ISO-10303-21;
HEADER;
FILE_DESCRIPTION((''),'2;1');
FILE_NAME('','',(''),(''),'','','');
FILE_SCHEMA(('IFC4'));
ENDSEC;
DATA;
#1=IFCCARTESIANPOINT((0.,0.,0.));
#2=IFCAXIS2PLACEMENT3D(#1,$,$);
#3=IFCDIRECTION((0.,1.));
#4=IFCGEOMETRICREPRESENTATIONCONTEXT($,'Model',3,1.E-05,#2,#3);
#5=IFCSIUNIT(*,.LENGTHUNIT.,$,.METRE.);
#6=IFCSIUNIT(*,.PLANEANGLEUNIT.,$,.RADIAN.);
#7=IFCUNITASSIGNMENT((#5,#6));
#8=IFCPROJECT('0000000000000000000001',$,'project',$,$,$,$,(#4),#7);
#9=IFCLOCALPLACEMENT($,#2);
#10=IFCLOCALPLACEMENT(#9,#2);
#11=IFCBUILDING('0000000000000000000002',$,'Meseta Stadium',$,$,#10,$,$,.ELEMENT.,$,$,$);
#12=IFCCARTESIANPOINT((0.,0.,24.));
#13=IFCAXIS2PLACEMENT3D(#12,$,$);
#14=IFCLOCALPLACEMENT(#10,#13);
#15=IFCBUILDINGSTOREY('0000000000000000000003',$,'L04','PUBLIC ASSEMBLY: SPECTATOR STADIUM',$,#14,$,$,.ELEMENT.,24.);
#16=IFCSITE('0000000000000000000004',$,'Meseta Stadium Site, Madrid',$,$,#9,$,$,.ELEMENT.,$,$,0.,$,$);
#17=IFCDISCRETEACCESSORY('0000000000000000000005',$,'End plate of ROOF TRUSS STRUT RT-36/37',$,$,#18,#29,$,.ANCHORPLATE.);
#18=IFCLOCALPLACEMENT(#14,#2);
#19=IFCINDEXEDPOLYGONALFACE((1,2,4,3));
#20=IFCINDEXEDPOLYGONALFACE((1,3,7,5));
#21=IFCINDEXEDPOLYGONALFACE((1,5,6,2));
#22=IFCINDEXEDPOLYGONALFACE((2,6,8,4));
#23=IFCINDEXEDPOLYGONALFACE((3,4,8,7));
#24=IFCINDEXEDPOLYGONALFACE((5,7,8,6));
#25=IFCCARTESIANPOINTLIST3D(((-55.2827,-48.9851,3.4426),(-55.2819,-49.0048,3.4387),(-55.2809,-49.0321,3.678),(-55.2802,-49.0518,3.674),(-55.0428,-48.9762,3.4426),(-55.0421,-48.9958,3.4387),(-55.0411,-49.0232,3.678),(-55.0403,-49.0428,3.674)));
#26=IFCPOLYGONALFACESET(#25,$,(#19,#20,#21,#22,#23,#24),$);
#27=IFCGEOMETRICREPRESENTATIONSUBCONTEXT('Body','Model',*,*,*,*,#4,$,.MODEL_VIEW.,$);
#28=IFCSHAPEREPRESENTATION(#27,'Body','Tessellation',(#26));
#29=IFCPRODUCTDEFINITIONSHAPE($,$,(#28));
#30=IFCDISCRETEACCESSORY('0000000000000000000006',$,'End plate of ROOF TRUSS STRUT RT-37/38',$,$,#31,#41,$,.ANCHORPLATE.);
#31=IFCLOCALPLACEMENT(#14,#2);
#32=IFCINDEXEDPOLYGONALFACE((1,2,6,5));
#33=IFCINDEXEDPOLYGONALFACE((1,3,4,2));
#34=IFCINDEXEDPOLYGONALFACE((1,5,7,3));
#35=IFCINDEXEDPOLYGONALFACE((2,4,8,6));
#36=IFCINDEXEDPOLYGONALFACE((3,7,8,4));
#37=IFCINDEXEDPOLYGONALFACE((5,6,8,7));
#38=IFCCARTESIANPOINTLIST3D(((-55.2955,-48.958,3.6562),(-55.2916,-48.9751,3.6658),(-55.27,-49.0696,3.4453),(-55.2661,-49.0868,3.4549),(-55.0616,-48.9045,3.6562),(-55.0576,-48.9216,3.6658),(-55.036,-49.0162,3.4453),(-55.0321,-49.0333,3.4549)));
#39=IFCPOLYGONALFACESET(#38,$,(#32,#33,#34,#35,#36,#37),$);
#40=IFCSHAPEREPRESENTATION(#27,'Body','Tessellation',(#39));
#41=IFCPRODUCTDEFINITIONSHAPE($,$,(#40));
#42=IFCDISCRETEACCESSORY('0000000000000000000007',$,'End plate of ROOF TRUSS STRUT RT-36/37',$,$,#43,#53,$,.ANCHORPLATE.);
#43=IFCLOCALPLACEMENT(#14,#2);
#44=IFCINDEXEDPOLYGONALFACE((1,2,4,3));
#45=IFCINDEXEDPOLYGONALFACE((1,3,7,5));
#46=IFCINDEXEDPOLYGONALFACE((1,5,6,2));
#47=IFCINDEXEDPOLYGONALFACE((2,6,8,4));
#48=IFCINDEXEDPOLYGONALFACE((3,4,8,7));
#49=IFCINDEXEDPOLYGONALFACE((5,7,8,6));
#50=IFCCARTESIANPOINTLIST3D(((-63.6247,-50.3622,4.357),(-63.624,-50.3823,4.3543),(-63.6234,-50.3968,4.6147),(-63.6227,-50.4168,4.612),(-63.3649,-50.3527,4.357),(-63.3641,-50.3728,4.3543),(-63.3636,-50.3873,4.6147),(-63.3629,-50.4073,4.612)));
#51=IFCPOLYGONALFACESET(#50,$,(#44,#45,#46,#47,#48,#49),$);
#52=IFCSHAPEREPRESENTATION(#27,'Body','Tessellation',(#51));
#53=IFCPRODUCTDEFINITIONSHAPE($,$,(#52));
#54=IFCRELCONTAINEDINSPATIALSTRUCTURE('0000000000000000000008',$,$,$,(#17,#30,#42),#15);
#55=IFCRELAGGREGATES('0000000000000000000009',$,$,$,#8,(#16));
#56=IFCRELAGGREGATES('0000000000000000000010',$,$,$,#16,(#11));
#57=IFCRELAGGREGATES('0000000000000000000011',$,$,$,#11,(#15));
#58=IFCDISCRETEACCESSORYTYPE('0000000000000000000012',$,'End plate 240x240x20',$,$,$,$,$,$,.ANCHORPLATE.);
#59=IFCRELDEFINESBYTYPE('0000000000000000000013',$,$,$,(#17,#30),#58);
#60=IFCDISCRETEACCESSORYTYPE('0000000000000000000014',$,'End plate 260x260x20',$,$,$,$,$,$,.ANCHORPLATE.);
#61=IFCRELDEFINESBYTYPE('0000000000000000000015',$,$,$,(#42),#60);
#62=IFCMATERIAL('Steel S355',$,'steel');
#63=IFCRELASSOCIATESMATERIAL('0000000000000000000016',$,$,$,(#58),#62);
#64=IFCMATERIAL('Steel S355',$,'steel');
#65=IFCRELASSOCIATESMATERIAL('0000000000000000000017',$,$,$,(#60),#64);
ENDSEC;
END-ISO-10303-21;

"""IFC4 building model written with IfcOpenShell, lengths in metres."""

from ifc_helpers import new_model, si_unit, direction, frame, origin, origin_2d, place, context, subcontext, project, spatial, rectangle, extrude, material, material_profile, profile_set, type_object, element, save


model = new_model("IFC4")

# Units and contexts
model_context = context("Model", 3, precision=1e-05, world=origin(), true_north=direction((0.0, 1.0)))
body_context = subcontext(model_context, "Body", "Model", "MODEL_VIEW")
ifc_project = project(units=[si_unit("LENGTHUNIT", "METRE"), si_unit("PLANEANGLEUNIT", "RADIAN")], contexts=[model_context])

# Site, building, storey
site_placement = place(None, origin())
site = spatial("IfcSite", under=ifc_project, at=site_placement, Name="Meseta Stadium Site, Madrid", CompositionType="ELEMENT", RefElevation=0.0)
building_placement = place(site_placement, origin())
building = spatial("IfcBuilding", under=site, at=building_placement, Name="Meseta Stadium", CompositionType="ELEMENT")
storey_placement = place(building_placement, frame((0.0, 0.0, 24.0)))
storey = spatial("IfcBuildingStorey", under=building, at=storey_placement, Name="L04", Description="PUBLIC ASSEMBLY: SPECTATOR STADIUM", CompositionType="ELEMENT", Elevation=24.0)

# Discrete accessories
ifc_material_1 = material(Name="Steel S355", Category="steel")
ifc_material_profile_1 = material_profile(ifc_material_1, rectangle(XDim=0.24, YDim=0.24, at=origin_2d()), Name="PL 240x240")
ifc_profile_set_1 = profile_set([ifc_material_profile_1], Name="Steel S355")
discrete_accessory_type_1 = type_object("IfcDiscreteAccessoryType", Name="End plate 240x240x20", PredefinedType="ANCHORPLATE", material=ifc_profile_set_1)
for number, where, z_axis, x_axis, name in (
    (1, (-55.1619, -49.0042, 3.5603), (0.036747, -0.979918, -0.195984), (0.999298, 0.037474, 0.0), "End plate of ROOF TRUSS STRUT RT-36/37"),
    (2, (-55.1658, -48.9871, 3.5508), (0.195807, -0.856658, 0.477281), (0.974859, 0.222825, 0.0), "End plate of ROOF TRUSS STRUT RT-37/38"),
):
    element("IfcDiscreteAccessory", number, at=place(storey_placement, frame(where, z_axis=z_axis, x_axis=x_axis)), inside=storey, type_object=discrete_accessory_type_1, Name=name, PredefinedType="ANCHORPLATE", context=body_context, shape_type="SweptSolid", body=[
        extrude(rectangle(XDim=0.24, YDim=0.24, at=origin_2d()), origin(), (0.0, 0.0, 1.0), 0.02),
    ])
ifc_material_2 = material(Name="Steel S355", Category="steel")
ifc_material_profile_2 = material_profile(ifc_material_2, rectangle(XDim=0.26, YDim=0.26, at=origin_2d()), Name="PL 260x260")
ifc_profile_set_2 = profile_set([ifc_material_profile_2], Name="Steel S355")
discrete_accessory_type_2 = type_object("IfcDiscreteAccessoryType", Name="End plate 260x260x20", PredefinedType="ANCHORPLATE", material=ifc_profile_set_2)
discrete_accessory_1_placement = place(storey_placement, frame((-63.4941, -50.3748, 4.4858), z_axis=(0.036237, -0.990471, -0.132868), x_axis=(0.999331, 0.036561, 0.0)))
element("IfcDiscreteAccessory", 3, at=discrete_accessory_1_placement, inside=storey, type_object=discrete_accessory_type_2, Name="End plate of ROOF TRUSS STRUT RT-36/37", PredefinedType="ANCHORPLATE", context=body_context, shape_type="SweptSolid", body=[
    extrude(rectangle(XDim=0.26, YDim=0.26, at=origin_2d()), origin(), (0.0, 0.0, 1.0), 0.0203),
])

save(model, "model.ifc")
